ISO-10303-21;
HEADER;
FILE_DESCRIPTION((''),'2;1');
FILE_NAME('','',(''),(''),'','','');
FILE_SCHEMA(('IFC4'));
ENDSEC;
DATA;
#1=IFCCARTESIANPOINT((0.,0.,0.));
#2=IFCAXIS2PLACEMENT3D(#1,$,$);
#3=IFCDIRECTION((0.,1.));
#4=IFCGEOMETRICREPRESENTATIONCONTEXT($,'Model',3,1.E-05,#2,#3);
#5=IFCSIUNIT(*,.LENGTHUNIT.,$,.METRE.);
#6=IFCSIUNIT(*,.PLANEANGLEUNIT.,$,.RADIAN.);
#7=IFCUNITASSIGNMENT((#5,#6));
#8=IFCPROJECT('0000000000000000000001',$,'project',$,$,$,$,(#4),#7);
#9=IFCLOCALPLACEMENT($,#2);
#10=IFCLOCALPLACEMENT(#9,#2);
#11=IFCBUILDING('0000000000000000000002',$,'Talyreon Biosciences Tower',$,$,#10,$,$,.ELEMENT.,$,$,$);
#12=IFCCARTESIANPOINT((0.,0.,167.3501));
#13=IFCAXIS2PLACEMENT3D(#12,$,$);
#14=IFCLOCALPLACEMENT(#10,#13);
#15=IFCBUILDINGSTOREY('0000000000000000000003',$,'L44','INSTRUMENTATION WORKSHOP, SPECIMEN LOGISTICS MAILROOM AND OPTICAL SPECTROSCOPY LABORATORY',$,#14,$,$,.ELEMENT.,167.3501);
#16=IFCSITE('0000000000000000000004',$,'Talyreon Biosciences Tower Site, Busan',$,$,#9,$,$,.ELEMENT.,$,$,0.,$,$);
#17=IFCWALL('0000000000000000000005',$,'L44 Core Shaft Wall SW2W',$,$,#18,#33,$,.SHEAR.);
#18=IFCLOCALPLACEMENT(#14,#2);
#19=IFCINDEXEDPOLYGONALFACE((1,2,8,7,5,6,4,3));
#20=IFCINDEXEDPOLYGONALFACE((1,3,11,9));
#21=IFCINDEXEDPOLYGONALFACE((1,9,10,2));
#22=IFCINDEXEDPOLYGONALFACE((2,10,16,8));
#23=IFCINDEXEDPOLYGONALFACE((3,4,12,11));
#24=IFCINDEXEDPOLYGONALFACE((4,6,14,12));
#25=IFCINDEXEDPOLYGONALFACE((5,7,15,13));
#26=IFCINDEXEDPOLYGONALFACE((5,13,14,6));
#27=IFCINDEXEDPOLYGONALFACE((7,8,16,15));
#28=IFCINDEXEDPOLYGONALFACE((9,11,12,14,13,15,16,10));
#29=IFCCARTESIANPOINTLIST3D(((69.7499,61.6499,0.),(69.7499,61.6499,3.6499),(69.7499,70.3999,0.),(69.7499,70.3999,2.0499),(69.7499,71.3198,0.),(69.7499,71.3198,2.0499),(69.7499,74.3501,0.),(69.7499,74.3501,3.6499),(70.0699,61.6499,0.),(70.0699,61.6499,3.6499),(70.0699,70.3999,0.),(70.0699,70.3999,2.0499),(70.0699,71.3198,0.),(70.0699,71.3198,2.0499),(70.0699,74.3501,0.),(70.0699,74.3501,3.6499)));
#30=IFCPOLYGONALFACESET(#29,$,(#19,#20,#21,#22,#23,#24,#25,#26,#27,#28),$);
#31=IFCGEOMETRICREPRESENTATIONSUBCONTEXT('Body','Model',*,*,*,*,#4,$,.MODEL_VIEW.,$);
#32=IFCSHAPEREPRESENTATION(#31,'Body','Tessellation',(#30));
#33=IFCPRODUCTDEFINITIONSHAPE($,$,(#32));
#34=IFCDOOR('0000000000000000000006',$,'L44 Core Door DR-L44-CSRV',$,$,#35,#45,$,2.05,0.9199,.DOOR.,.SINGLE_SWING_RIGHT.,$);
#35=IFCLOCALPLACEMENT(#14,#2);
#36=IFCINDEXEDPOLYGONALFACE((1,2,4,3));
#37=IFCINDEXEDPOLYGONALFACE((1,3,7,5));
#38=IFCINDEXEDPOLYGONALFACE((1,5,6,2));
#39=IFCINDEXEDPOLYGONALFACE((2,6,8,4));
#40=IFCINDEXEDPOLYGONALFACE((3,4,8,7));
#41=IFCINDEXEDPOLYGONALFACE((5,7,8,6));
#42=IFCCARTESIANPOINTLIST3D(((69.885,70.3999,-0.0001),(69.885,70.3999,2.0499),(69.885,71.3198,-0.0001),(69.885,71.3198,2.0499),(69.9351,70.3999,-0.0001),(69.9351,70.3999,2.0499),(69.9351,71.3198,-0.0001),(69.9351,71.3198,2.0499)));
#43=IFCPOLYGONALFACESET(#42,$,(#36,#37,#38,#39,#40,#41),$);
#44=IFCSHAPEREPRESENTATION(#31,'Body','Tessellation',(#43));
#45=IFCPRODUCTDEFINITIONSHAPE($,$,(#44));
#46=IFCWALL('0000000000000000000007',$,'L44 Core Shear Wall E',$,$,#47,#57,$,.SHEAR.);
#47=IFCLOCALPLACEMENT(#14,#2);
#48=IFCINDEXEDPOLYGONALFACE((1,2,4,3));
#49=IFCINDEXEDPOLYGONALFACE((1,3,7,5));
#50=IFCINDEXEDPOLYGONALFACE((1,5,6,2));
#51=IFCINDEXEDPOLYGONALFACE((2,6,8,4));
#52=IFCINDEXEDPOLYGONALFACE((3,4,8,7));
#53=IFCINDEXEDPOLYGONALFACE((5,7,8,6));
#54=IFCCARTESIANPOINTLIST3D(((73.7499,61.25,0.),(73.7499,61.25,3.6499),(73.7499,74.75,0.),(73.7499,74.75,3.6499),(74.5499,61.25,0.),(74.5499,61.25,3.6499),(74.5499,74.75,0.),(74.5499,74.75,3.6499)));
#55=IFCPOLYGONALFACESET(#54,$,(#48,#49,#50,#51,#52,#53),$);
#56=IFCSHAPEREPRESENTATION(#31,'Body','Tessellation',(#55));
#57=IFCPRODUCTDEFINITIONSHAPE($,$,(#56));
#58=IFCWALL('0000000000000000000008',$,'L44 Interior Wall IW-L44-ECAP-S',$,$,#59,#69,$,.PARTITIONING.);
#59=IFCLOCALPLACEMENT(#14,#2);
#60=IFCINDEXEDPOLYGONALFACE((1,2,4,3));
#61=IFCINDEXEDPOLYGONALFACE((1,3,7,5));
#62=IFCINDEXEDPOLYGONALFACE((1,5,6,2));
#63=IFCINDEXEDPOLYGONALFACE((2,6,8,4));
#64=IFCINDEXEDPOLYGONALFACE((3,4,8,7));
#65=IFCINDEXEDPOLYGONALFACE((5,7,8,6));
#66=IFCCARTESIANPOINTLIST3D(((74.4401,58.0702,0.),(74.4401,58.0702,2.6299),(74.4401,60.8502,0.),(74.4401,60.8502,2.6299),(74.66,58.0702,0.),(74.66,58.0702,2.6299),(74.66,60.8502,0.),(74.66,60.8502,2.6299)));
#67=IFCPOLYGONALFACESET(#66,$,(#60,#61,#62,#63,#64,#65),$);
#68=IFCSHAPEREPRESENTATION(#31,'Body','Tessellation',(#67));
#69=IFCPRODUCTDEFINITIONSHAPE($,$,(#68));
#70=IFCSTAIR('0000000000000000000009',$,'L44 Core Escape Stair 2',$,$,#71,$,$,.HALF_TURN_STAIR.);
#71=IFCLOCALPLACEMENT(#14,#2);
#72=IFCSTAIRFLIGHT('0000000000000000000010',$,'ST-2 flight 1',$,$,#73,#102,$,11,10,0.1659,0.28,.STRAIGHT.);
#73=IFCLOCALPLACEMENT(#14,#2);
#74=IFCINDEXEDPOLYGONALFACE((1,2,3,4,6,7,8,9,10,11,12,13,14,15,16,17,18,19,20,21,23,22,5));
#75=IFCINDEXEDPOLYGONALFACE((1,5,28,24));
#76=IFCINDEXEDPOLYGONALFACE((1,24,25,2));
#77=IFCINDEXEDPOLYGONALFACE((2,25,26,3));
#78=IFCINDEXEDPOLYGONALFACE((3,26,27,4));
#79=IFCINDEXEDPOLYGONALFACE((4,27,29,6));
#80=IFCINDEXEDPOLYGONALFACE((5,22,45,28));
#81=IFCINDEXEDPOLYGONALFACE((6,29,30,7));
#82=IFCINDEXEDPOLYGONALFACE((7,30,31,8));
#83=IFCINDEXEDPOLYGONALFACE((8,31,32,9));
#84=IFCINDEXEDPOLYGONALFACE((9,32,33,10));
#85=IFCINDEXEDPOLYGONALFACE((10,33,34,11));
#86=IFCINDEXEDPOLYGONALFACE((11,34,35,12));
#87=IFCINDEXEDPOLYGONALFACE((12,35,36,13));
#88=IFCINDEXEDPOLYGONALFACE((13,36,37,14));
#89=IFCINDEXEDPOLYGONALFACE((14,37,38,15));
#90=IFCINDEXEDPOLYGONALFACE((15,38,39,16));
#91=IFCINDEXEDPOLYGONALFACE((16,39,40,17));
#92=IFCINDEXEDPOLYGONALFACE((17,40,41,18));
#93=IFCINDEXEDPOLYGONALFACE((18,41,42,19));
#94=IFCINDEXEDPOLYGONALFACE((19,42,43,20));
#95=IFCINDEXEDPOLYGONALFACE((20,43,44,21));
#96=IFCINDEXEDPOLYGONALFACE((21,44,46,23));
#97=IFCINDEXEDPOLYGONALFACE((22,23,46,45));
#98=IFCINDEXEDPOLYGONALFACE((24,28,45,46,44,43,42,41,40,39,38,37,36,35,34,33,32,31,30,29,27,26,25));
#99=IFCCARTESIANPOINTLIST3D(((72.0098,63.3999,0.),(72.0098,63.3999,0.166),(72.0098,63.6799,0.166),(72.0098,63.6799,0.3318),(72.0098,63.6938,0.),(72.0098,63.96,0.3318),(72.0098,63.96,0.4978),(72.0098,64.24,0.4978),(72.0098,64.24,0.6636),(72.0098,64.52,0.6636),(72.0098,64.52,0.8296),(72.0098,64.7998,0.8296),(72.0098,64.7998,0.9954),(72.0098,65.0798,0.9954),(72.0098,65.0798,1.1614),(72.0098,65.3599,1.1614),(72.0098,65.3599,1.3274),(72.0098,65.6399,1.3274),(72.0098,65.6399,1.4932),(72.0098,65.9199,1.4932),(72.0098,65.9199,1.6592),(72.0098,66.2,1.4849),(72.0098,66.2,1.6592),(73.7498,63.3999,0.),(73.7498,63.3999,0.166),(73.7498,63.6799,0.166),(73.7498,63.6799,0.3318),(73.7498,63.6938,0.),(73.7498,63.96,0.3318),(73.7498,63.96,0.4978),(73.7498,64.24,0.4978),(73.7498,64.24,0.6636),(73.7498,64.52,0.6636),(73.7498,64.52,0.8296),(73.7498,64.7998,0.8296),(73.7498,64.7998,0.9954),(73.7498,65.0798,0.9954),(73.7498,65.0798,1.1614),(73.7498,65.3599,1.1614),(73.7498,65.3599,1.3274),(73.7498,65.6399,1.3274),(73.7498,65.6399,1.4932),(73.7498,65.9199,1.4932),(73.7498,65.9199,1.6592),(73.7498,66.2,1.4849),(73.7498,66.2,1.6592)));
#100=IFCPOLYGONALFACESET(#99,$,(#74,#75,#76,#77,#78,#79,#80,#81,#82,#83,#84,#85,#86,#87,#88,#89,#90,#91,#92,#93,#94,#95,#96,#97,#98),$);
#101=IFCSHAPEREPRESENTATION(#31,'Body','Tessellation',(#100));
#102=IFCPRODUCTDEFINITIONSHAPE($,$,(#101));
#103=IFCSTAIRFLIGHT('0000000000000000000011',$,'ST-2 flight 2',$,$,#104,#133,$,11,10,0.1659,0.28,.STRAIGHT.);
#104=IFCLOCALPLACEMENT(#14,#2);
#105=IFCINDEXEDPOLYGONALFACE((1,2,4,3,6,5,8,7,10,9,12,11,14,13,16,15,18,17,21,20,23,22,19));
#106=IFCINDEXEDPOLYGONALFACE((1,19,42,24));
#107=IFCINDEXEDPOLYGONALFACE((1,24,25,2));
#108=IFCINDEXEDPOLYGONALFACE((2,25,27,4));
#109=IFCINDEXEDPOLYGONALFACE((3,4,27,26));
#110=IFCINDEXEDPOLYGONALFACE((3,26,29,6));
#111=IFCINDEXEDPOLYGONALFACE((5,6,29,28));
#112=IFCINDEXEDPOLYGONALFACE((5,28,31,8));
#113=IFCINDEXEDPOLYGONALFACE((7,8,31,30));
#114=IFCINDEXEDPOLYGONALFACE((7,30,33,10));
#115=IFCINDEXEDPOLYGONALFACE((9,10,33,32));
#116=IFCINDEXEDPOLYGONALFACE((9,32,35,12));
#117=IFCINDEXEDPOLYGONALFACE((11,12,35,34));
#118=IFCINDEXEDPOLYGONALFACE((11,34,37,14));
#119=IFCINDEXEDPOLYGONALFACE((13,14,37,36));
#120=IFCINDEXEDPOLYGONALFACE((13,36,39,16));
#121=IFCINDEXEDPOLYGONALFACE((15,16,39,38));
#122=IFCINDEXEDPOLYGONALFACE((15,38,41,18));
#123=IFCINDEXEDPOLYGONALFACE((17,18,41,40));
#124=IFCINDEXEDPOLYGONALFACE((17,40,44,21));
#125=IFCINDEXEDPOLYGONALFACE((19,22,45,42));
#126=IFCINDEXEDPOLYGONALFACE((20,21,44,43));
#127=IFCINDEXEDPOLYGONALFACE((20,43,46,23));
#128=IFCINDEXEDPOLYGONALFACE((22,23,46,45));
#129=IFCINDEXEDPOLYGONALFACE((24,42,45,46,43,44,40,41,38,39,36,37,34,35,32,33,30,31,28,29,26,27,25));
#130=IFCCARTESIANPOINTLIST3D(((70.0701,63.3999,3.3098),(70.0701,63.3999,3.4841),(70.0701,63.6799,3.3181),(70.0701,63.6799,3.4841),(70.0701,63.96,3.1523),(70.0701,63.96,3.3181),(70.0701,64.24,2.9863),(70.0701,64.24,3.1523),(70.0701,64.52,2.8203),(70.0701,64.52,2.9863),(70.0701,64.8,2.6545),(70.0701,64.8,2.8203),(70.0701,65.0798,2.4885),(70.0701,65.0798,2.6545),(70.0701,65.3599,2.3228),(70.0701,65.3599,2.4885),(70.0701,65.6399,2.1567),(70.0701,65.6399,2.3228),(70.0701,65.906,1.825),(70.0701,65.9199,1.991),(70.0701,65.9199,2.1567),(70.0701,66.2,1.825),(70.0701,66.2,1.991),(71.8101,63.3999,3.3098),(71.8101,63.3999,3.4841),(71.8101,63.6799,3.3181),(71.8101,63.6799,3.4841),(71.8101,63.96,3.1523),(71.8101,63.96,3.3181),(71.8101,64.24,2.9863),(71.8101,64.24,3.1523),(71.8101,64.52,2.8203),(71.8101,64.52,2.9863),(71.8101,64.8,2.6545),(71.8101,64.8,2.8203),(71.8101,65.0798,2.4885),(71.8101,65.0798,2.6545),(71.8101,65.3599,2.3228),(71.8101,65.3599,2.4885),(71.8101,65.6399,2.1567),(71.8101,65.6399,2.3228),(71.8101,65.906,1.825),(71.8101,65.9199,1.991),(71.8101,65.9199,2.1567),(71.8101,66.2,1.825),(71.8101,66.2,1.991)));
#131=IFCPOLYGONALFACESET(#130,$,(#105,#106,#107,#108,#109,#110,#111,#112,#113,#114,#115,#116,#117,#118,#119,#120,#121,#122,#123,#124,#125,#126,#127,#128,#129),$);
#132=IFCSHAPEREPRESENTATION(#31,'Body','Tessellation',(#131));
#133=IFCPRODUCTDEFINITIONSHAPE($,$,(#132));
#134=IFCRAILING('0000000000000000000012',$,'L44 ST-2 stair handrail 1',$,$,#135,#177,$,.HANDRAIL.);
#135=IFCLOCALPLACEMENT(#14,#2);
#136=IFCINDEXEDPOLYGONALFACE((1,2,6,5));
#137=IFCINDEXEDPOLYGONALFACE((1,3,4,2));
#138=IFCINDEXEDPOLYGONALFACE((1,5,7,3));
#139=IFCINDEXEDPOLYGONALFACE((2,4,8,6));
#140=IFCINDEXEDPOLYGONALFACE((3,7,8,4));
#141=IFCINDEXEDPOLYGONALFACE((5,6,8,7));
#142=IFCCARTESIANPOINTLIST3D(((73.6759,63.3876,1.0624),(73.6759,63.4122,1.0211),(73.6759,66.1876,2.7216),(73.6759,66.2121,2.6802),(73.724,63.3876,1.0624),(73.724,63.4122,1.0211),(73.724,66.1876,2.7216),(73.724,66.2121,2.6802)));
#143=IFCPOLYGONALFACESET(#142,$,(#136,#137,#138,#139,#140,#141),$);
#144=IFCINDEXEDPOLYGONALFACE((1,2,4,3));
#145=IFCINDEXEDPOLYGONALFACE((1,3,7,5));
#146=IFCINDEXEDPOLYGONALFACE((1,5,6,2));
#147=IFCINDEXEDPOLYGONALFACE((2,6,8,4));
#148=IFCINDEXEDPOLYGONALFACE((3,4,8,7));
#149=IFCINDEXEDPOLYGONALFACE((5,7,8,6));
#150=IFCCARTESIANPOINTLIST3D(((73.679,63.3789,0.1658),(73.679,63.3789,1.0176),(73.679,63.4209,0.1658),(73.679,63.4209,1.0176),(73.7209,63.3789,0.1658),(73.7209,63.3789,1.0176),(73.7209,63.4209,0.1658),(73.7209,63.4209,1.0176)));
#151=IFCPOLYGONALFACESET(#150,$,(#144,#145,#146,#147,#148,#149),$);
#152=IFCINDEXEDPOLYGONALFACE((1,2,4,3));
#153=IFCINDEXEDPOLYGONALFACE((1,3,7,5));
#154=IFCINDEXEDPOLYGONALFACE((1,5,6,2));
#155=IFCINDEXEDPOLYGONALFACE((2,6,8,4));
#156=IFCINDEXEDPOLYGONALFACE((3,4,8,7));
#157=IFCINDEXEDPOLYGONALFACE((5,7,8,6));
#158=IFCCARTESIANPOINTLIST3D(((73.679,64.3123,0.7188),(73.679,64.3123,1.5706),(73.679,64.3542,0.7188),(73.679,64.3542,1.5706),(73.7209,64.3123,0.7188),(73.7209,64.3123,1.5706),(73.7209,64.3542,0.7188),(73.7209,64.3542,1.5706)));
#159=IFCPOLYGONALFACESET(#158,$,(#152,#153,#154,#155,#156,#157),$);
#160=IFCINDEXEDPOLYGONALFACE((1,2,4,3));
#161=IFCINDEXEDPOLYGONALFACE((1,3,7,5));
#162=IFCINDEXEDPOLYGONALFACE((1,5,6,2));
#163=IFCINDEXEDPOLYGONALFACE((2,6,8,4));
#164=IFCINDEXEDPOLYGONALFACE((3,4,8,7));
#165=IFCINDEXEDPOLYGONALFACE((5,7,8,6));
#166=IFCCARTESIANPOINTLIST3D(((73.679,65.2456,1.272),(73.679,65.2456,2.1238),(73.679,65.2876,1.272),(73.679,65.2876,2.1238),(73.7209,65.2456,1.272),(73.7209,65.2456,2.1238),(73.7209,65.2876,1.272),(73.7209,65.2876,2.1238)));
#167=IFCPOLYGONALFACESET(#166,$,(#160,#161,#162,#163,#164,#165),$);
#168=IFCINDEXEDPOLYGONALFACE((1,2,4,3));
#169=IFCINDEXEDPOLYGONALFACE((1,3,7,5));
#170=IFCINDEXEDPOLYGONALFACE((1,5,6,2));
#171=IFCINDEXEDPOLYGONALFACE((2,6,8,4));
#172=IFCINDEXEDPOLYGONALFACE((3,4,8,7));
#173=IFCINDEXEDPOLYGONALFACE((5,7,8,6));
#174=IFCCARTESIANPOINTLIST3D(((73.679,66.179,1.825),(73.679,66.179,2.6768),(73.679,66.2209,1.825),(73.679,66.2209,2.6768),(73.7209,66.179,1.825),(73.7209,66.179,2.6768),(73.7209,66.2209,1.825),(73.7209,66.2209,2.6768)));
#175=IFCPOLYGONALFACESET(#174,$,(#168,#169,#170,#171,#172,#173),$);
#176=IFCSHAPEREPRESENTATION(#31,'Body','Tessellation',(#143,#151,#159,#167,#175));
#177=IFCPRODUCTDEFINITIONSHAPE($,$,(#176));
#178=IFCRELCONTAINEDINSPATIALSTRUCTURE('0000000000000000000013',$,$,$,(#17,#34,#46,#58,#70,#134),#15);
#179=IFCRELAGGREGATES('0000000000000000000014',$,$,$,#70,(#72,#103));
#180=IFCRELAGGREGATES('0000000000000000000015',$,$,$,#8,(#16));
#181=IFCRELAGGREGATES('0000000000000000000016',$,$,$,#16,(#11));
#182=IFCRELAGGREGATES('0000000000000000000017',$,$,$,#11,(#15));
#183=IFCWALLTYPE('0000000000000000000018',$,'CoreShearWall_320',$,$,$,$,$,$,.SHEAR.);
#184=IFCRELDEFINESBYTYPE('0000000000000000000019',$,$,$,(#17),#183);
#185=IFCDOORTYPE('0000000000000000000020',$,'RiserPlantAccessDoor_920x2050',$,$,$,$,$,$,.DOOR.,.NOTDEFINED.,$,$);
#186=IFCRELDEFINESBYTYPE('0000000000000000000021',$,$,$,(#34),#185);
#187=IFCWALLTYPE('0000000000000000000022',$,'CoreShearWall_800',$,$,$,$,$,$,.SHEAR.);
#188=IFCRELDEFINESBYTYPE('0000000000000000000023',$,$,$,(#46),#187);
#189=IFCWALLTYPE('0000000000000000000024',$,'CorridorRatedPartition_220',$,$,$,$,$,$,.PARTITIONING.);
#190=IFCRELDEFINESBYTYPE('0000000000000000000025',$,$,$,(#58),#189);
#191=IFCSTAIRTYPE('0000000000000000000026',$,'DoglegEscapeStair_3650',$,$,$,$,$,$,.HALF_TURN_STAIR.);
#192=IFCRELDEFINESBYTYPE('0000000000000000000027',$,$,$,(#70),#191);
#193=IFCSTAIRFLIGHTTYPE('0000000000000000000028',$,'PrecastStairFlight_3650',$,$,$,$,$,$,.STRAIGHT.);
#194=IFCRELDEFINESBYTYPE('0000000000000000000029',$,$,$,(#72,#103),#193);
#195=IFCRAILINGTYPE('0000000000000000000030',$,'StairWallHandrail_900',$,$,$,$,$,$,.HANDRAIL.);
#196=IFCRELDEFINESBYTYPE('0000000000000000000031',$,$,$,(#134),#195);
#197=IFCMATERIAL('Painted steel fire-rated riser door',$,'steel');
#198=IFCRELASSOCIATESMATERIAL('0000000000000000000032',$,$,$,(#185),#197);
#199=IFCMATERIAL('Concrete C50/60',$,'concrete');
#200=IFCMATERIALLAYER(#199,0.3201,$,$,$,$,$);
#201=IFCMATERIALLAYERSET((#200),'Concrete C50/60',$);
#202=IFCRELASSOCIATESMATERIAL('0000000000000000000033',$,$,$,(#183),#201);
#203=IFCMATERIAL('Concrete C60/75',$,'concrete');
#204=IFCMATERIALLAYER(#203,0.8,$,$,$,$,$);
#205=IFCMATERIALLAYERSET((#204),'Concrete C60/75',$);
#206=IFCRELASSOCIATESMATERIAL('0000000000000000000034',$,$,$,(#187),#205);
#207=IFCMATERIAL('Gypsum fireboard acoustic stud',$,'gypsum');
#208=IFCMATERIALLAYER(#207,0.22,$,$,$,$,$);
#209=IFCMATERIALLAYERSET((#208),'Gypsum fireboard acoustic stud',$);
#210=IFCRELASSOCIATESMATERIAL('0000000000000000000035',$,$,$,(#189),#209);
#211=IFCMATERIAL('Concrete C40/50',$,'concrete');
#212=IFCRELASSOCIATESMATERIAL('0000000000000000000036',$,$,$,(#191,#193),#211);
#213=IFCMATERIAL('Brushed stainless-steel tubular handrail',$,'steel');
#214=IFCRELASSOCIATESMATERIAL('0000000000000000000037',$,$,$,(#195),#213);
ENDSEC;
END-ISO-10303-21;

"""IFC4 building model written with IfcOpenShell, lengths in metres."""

from ifc_helpers import new_model, si_unit, direction, frame, frame_2d, origin, origin_2d, place, context, subcontext, project, spatial, polyline, rectangle, outline, extrude, material, layer, layer_set, type_object, element, fill, aggregate, save


model = new_model("IFC4")

# Units and contexts
model_context = context("Model", 3, precision=1e-05, world=origin(), true_north=direction((0.0, 1.0)))
body_context = subcontext(model_context, "Body", "Model", "MODEL_VIEW")
ifc_project = project(units=[si_unit("LENGTHUNIT", "METRE"), si_unit("PLANEANGLEUNIT", "RADIAN")], contexts=[model_context])

# Site, building, storey
site_placement = place(None, origin())
site = spatial("IfcSite", under=ifc_project, at=site_placement, Name="Talyreon Biosciences Tower Site, Busan", CompositionType="ELEMENT", RefElevation=0.0)
building_placement = place(site_placement, origin())
building = spatial("IfcBuilding", under=site, at=building_placement, Name="Talyreon Biosciences Tower", CompositionType="ELEMENT")
storey_placement = place(building_placement, frame((0.0, 0.0, 167.3501)))
storey = spatial("IfcBuildingStorey", under=building, at=storey_placement, Name="L44", Description="INSTRUMENTATION WORKSHOP, SPECIMEN LOGISTICS MAILROOM AND OPTICAL SPECTROSCOPY LABORATORY", CompositionType="ELEMENT", Elevation=167.3501)

# Shared definitions
ifc_material_1 = material(Name="Concrete C60/75", Category="concrete")
ifc_material_2 = material(Name="Concrete C50/60", Category="concrete")

# Wall, opening, door
ifc_material_3 = material(Name="Painted steel fire-rated riser door", Category="steel")
door_type = type_object("IfcDoorType", Name="RiserPlantAccessDoor_920x2050", OperationType="NOTDEFINED", PredefinedType="DOOR", material=ifc_material_3)
ifc_layer_1 = layer(ifc_material_2, 0.3201)
ifc_layer_set_1 = layer_set([ifc_layer_1], Name="Concrete C50/60")
wall_type_1 = type_object("IfcWallType", Name="CoreShearWall_320", PredefinedType="SHEAR", material=ifc_layer_set_1)
wall_1_placement = place(storey_placement, frame((69.9099, 61.6499, 0.0), z_axis=(0.0, 0.0, 1.0), x_axis=(0.0, 1.0, 0.0)))
wall_1 = element("IfcWall", 1, at=wall_1_placement, inside=storey, type_object=wall_type_1, Name="L44 Core Shaft Wall SW2W", PredefinedType="SHEAR", context=body_context, shape_type="SweptSolid", body=[
    extrude(rectangle(XDim=12.7002, YDim=0.3201, at=frame_2d((6.3501, 0.0))), origin(), (0.0, 0.0, 1.0), 3.6499),
])
opening_1_placement = place(wall_1_placement, frame((8.75, 0.0, 0.0)))
opening_1 = element("IfcOpeningElement", 2, at=opening_1_placement, cuts=wall_1, PredefinedType="OPENING", context=body_context, shape_type="SweptSolid", body=[
    extrude(rectangle(XDim=0.9199, YDim=2.05, at=frame_2d((0.46, 1.0249))), frame((0.0, 0.1699, 0.0), z_axis=(0.0, -1.0, 0.0), x_axis=(1.0, 0.0, 0.0)), (0.0, 0.0, 1.0), 0.3401),
])
door_1_placement = place(opening_1_placement, origin())
door_1 = element("IfcDoor", 3, at=door_1_placement, inside=storey, type_object=door_type, Name="L44 Core Door DR-L44-CSRV", OperationType="SINGLE_SWING_RIGHT", OverallHeight=2.05, OverallWidth=0.9199, PredefinedType="DOOR", context=body_context, shape_type="SweptSolid", body=[
    extrude(rectangle(XDim=0.9199, YDim=2.05, at=frame_2d((0.46, 1.0249))), frame((0.0, 0.0249, 0.0), z_axis=(0.0, -1.0, 0.0), x_axis=(1.0, 0.0, 0.0)), (0.0, 0.0, 1.0), 0.05),
])
fill(opening_1, door_1)

# Walls
ifc_layer_2 = layer(ifc_material_1, 0.8)
ifc_layer_set_2 = layer_set([ifc_layer_2], Name="Concrete C60/75")
wall_type_2 = type_object("IfcWallType", Name="CoreShearWall_800", PredefinedType="SHEAR", material=ifc_layer_set_2)
wall_2_placement = place(storey_placement, frame((74.1499, 61.25, 0.0), z_axis=(0.0, 0.0, 1.0), x_axis=(0.0, 1.0, 0.0)))
element("IfcWall", 4, at=wall_2_placement, inside=storey, type_object=wall_type_2, Name="L44 Core Shear Wall E", PredefinedType="SHEAR", context=body_context, shape_type="SweptSolid", body=[
    extrude(rectangle(XDim=13.5, YDim=0.8, at=frame_2d((6.75, 0.0))), origin(), (0.0, 0.0, 1.0), 3.6499),
])
ifc_material_4 = material(Name="Gypsum fireboard acoustic stud", Category="gypsum")
ifc_layer_3 = layer(ifc_material_4, 0.22)
ifc_layer_set_3 = layer_set([ifc_layer_3], Name="Gypsum fireboard acoustic stud")
wall_type_3 = type_object("IfcWallType", Name="CorridorRatedPartition_220", PredefinedType="PARTITIONING", material=ifc_layer_set_3)
wall_3_placement = place(storey_placement, frame((74.55, 58.0701, 0.0), z_axis=(0.0, 0.0, 1.0), x_axis=(0.0, 1.0, 0.0)))
element("IfcWall", 5, at=wall_3_placement, inside=storey, type_object=wall_type_3, Name="L44 Interior Wall IW-L44-ECAP-S", PredefinedType="PARTITIONING", context=body_context, shape_type="SweptSolid", body=[
    extrude(rectangle(XDim=2.78, YDim=0.22, at=frame_2d((1.3901, 0.0))), origin(), (0.0, 0.0, 1.0), 2.6299),
])

# Stair, stair flights
ifc_material_5 = material(Name="Concrete C40/50", Category="concrete")
stair_type = type_object("IfcStairType", Name="DoglegEscapeStair_3650", PredefinedType="HALF_TURN_STAIR", material=ifc_material_5)
stair_placement = place(storey_placement, origin())
stair = element("IfcStair", 6, at=stair_placement, inside=storey, type_object=stair_type, Name="L44 Core Escape Stair 2", PredefinedType="HALF_TURN_STAIR")
stair_flight_type = type_object("IfcStairFlightType", Name="PrecastStairFlight_3650", PredefinedType="STRAIGHT", material=ifc_material_5)
stair_flight_1_placement = place(storey_placement, frame((72.8799, 63.3999, 0.0), z_axis=(0.0, 0.0, 1.0), x_axis=(0.0, 1.0, 0.0)))
stair_flight_1 = element("IfcStairFlight", 7, at=stair_flight_1_placement, type_object=stair_flight_type, Name="ST-2 flight 1", NumberOfRisers=11, NumberOfTreads=10, PredefinedType="STRAIGHT", RiserHeight=0.1659, TreadLength=0.28, context=body_context, shape_type="SweptSolid", body=[
    extrude(outline(polyline([(0.0, 0.0), (0.0, 0.166), (0.28, 0.166), (0.28, 0.3318), (0.5601, 0.3318), (0.5601, 0.4978), (0.8401, 0.4978), (0.8401, 0.6636), (1.1201, 0.6636), (1.1201, 0.8296), (1.3999, 0.8296), (1.3999, 0.9954), (1.6799, 0.9954), (1.6799, 1.1614), (1.96, 1.1614), (1.96, 1.3274), (2.24, 1.3274), (2.24, 1.4932), (2.52, 1.4932), (2.52, 1.6592), (2.8, 1.6592), (2.8, 1.825), (2.8, 1.4849), (0.2939, 0.0), (0.0, 0.0)])), frame((0.0, 0.8701, 0.0), z_axis=(0.0, -1.0, 0.0), x_axis=(1.0, 0.0, 0.0)), (0.0, 0.0, 1.0), 1.74),
])
stair_flight_2_placement = place(storey_placement, frame((70.9399, 66.2, 1.825), z_axis=(0.0, 0.0, 1.0), x_axis=(0.0, -1.0, 0.0)))
stair_flight_2 = element("IfcStairFlight", 8, at=stair_flight_2_placement, type_object=stair_flight_type, Name="ST-2 flight 2", NumberOfRisers=11, NumberOfTreads=10, PredefinedType="STRAIGHT", RiserHeight=0.1659, TreadLength=0.28, context=body_context, shape_type="SweptSolid", body=[
    extrude(outline(polyline([(0.0, 0.0), (0.0, 0.166), (0.28, 0.166), (0.28, 0.3318), (0.5601, 0.3318), (0.5601, 0.4978), (0.8401, 0.4978), (0.8401, 0.6636), (1.1201, 0.6636), (1.1201, 0.8296), (1.3999, 0.8296), (1.3999, 0.9954), (1.6799, 0.9954), (1.6799, 1.1614), (1.96, 1.1614), (1.96, 1.3274), (2.24, 1.3274), (2.24, 1.4932), (2.52, 1.4932), (2.52, 1.6592), (2.8, 1.6592), (2.8, 1.825), (2.8, 1.4849), (0.2939, 0.0), (0.0, 0.0)])), frame((0.0, 0.8701, 0.0), z_axis=(0.0, -1.0, 0.0), x_axis=(1.0, 0.0, 0.0)), (0.0, 0.0, 1.0), 1.74),
])
aggregate(stair, [stair_flight_1, stair_flight_2])

# Railing
ifc_material_6 = material(Name="Brushed stainless-steel tubular handrail", Category="steel")
railing_type_1 = type_object("IfcRailingType", Name="StairWallHandrail_900", PredefinedType="HANDRAIL", material=ifc_material_6)
railing_1_placement = place(storey_placement, frame((73.7, 63.3999, 0.1658)))
element("IfcRailing", 9, at=railing_1_placement, inside=storey, type_object=railing_type_1, Name="L44 ST-2 stair handrail 1", PredefinedType="HANDRAIL", context=body_context, shape_type="SweptSolid", body=[
    extrude(rectangle(XDim=0.0481, YDim=0.0481, at=origin_2d()), frame((0.0, 0.0, 0.876), z_axis=(0.0, 0.860306, 0.509778), x_axis=(-1.0, 0.0, 0.0)), (0.0, 0.0, 1.0), 3.2546),
    extrude(rectangle(XDim=0.042, YDim=0.042, at=origin_2d()), origin(), (0.0, 0.0, 1.0), 0.8518),
    extrude(rectangle(XDim=0.042, YDim=0.042, at=origin_2d()), frame((0.0, 0.9333, 0.553)), (0.0, 0.0, 1.0), 0.8518),
    extrude(rectangle(XDim=0.042, YDim=0.042, at=origin_2d()), frame((0.0, 1.8667, 1.1062)), (0.0, 0.0, 1.0), 0.8518),
    extrude(rectangle(XDim=0.042, YDim=0.042, at=origin_2d()), frame((0.0, 2.8, 1.6592)), (0.0, 0.0, 1.0), 0.8518),
])

save(model, "model.ifc")
